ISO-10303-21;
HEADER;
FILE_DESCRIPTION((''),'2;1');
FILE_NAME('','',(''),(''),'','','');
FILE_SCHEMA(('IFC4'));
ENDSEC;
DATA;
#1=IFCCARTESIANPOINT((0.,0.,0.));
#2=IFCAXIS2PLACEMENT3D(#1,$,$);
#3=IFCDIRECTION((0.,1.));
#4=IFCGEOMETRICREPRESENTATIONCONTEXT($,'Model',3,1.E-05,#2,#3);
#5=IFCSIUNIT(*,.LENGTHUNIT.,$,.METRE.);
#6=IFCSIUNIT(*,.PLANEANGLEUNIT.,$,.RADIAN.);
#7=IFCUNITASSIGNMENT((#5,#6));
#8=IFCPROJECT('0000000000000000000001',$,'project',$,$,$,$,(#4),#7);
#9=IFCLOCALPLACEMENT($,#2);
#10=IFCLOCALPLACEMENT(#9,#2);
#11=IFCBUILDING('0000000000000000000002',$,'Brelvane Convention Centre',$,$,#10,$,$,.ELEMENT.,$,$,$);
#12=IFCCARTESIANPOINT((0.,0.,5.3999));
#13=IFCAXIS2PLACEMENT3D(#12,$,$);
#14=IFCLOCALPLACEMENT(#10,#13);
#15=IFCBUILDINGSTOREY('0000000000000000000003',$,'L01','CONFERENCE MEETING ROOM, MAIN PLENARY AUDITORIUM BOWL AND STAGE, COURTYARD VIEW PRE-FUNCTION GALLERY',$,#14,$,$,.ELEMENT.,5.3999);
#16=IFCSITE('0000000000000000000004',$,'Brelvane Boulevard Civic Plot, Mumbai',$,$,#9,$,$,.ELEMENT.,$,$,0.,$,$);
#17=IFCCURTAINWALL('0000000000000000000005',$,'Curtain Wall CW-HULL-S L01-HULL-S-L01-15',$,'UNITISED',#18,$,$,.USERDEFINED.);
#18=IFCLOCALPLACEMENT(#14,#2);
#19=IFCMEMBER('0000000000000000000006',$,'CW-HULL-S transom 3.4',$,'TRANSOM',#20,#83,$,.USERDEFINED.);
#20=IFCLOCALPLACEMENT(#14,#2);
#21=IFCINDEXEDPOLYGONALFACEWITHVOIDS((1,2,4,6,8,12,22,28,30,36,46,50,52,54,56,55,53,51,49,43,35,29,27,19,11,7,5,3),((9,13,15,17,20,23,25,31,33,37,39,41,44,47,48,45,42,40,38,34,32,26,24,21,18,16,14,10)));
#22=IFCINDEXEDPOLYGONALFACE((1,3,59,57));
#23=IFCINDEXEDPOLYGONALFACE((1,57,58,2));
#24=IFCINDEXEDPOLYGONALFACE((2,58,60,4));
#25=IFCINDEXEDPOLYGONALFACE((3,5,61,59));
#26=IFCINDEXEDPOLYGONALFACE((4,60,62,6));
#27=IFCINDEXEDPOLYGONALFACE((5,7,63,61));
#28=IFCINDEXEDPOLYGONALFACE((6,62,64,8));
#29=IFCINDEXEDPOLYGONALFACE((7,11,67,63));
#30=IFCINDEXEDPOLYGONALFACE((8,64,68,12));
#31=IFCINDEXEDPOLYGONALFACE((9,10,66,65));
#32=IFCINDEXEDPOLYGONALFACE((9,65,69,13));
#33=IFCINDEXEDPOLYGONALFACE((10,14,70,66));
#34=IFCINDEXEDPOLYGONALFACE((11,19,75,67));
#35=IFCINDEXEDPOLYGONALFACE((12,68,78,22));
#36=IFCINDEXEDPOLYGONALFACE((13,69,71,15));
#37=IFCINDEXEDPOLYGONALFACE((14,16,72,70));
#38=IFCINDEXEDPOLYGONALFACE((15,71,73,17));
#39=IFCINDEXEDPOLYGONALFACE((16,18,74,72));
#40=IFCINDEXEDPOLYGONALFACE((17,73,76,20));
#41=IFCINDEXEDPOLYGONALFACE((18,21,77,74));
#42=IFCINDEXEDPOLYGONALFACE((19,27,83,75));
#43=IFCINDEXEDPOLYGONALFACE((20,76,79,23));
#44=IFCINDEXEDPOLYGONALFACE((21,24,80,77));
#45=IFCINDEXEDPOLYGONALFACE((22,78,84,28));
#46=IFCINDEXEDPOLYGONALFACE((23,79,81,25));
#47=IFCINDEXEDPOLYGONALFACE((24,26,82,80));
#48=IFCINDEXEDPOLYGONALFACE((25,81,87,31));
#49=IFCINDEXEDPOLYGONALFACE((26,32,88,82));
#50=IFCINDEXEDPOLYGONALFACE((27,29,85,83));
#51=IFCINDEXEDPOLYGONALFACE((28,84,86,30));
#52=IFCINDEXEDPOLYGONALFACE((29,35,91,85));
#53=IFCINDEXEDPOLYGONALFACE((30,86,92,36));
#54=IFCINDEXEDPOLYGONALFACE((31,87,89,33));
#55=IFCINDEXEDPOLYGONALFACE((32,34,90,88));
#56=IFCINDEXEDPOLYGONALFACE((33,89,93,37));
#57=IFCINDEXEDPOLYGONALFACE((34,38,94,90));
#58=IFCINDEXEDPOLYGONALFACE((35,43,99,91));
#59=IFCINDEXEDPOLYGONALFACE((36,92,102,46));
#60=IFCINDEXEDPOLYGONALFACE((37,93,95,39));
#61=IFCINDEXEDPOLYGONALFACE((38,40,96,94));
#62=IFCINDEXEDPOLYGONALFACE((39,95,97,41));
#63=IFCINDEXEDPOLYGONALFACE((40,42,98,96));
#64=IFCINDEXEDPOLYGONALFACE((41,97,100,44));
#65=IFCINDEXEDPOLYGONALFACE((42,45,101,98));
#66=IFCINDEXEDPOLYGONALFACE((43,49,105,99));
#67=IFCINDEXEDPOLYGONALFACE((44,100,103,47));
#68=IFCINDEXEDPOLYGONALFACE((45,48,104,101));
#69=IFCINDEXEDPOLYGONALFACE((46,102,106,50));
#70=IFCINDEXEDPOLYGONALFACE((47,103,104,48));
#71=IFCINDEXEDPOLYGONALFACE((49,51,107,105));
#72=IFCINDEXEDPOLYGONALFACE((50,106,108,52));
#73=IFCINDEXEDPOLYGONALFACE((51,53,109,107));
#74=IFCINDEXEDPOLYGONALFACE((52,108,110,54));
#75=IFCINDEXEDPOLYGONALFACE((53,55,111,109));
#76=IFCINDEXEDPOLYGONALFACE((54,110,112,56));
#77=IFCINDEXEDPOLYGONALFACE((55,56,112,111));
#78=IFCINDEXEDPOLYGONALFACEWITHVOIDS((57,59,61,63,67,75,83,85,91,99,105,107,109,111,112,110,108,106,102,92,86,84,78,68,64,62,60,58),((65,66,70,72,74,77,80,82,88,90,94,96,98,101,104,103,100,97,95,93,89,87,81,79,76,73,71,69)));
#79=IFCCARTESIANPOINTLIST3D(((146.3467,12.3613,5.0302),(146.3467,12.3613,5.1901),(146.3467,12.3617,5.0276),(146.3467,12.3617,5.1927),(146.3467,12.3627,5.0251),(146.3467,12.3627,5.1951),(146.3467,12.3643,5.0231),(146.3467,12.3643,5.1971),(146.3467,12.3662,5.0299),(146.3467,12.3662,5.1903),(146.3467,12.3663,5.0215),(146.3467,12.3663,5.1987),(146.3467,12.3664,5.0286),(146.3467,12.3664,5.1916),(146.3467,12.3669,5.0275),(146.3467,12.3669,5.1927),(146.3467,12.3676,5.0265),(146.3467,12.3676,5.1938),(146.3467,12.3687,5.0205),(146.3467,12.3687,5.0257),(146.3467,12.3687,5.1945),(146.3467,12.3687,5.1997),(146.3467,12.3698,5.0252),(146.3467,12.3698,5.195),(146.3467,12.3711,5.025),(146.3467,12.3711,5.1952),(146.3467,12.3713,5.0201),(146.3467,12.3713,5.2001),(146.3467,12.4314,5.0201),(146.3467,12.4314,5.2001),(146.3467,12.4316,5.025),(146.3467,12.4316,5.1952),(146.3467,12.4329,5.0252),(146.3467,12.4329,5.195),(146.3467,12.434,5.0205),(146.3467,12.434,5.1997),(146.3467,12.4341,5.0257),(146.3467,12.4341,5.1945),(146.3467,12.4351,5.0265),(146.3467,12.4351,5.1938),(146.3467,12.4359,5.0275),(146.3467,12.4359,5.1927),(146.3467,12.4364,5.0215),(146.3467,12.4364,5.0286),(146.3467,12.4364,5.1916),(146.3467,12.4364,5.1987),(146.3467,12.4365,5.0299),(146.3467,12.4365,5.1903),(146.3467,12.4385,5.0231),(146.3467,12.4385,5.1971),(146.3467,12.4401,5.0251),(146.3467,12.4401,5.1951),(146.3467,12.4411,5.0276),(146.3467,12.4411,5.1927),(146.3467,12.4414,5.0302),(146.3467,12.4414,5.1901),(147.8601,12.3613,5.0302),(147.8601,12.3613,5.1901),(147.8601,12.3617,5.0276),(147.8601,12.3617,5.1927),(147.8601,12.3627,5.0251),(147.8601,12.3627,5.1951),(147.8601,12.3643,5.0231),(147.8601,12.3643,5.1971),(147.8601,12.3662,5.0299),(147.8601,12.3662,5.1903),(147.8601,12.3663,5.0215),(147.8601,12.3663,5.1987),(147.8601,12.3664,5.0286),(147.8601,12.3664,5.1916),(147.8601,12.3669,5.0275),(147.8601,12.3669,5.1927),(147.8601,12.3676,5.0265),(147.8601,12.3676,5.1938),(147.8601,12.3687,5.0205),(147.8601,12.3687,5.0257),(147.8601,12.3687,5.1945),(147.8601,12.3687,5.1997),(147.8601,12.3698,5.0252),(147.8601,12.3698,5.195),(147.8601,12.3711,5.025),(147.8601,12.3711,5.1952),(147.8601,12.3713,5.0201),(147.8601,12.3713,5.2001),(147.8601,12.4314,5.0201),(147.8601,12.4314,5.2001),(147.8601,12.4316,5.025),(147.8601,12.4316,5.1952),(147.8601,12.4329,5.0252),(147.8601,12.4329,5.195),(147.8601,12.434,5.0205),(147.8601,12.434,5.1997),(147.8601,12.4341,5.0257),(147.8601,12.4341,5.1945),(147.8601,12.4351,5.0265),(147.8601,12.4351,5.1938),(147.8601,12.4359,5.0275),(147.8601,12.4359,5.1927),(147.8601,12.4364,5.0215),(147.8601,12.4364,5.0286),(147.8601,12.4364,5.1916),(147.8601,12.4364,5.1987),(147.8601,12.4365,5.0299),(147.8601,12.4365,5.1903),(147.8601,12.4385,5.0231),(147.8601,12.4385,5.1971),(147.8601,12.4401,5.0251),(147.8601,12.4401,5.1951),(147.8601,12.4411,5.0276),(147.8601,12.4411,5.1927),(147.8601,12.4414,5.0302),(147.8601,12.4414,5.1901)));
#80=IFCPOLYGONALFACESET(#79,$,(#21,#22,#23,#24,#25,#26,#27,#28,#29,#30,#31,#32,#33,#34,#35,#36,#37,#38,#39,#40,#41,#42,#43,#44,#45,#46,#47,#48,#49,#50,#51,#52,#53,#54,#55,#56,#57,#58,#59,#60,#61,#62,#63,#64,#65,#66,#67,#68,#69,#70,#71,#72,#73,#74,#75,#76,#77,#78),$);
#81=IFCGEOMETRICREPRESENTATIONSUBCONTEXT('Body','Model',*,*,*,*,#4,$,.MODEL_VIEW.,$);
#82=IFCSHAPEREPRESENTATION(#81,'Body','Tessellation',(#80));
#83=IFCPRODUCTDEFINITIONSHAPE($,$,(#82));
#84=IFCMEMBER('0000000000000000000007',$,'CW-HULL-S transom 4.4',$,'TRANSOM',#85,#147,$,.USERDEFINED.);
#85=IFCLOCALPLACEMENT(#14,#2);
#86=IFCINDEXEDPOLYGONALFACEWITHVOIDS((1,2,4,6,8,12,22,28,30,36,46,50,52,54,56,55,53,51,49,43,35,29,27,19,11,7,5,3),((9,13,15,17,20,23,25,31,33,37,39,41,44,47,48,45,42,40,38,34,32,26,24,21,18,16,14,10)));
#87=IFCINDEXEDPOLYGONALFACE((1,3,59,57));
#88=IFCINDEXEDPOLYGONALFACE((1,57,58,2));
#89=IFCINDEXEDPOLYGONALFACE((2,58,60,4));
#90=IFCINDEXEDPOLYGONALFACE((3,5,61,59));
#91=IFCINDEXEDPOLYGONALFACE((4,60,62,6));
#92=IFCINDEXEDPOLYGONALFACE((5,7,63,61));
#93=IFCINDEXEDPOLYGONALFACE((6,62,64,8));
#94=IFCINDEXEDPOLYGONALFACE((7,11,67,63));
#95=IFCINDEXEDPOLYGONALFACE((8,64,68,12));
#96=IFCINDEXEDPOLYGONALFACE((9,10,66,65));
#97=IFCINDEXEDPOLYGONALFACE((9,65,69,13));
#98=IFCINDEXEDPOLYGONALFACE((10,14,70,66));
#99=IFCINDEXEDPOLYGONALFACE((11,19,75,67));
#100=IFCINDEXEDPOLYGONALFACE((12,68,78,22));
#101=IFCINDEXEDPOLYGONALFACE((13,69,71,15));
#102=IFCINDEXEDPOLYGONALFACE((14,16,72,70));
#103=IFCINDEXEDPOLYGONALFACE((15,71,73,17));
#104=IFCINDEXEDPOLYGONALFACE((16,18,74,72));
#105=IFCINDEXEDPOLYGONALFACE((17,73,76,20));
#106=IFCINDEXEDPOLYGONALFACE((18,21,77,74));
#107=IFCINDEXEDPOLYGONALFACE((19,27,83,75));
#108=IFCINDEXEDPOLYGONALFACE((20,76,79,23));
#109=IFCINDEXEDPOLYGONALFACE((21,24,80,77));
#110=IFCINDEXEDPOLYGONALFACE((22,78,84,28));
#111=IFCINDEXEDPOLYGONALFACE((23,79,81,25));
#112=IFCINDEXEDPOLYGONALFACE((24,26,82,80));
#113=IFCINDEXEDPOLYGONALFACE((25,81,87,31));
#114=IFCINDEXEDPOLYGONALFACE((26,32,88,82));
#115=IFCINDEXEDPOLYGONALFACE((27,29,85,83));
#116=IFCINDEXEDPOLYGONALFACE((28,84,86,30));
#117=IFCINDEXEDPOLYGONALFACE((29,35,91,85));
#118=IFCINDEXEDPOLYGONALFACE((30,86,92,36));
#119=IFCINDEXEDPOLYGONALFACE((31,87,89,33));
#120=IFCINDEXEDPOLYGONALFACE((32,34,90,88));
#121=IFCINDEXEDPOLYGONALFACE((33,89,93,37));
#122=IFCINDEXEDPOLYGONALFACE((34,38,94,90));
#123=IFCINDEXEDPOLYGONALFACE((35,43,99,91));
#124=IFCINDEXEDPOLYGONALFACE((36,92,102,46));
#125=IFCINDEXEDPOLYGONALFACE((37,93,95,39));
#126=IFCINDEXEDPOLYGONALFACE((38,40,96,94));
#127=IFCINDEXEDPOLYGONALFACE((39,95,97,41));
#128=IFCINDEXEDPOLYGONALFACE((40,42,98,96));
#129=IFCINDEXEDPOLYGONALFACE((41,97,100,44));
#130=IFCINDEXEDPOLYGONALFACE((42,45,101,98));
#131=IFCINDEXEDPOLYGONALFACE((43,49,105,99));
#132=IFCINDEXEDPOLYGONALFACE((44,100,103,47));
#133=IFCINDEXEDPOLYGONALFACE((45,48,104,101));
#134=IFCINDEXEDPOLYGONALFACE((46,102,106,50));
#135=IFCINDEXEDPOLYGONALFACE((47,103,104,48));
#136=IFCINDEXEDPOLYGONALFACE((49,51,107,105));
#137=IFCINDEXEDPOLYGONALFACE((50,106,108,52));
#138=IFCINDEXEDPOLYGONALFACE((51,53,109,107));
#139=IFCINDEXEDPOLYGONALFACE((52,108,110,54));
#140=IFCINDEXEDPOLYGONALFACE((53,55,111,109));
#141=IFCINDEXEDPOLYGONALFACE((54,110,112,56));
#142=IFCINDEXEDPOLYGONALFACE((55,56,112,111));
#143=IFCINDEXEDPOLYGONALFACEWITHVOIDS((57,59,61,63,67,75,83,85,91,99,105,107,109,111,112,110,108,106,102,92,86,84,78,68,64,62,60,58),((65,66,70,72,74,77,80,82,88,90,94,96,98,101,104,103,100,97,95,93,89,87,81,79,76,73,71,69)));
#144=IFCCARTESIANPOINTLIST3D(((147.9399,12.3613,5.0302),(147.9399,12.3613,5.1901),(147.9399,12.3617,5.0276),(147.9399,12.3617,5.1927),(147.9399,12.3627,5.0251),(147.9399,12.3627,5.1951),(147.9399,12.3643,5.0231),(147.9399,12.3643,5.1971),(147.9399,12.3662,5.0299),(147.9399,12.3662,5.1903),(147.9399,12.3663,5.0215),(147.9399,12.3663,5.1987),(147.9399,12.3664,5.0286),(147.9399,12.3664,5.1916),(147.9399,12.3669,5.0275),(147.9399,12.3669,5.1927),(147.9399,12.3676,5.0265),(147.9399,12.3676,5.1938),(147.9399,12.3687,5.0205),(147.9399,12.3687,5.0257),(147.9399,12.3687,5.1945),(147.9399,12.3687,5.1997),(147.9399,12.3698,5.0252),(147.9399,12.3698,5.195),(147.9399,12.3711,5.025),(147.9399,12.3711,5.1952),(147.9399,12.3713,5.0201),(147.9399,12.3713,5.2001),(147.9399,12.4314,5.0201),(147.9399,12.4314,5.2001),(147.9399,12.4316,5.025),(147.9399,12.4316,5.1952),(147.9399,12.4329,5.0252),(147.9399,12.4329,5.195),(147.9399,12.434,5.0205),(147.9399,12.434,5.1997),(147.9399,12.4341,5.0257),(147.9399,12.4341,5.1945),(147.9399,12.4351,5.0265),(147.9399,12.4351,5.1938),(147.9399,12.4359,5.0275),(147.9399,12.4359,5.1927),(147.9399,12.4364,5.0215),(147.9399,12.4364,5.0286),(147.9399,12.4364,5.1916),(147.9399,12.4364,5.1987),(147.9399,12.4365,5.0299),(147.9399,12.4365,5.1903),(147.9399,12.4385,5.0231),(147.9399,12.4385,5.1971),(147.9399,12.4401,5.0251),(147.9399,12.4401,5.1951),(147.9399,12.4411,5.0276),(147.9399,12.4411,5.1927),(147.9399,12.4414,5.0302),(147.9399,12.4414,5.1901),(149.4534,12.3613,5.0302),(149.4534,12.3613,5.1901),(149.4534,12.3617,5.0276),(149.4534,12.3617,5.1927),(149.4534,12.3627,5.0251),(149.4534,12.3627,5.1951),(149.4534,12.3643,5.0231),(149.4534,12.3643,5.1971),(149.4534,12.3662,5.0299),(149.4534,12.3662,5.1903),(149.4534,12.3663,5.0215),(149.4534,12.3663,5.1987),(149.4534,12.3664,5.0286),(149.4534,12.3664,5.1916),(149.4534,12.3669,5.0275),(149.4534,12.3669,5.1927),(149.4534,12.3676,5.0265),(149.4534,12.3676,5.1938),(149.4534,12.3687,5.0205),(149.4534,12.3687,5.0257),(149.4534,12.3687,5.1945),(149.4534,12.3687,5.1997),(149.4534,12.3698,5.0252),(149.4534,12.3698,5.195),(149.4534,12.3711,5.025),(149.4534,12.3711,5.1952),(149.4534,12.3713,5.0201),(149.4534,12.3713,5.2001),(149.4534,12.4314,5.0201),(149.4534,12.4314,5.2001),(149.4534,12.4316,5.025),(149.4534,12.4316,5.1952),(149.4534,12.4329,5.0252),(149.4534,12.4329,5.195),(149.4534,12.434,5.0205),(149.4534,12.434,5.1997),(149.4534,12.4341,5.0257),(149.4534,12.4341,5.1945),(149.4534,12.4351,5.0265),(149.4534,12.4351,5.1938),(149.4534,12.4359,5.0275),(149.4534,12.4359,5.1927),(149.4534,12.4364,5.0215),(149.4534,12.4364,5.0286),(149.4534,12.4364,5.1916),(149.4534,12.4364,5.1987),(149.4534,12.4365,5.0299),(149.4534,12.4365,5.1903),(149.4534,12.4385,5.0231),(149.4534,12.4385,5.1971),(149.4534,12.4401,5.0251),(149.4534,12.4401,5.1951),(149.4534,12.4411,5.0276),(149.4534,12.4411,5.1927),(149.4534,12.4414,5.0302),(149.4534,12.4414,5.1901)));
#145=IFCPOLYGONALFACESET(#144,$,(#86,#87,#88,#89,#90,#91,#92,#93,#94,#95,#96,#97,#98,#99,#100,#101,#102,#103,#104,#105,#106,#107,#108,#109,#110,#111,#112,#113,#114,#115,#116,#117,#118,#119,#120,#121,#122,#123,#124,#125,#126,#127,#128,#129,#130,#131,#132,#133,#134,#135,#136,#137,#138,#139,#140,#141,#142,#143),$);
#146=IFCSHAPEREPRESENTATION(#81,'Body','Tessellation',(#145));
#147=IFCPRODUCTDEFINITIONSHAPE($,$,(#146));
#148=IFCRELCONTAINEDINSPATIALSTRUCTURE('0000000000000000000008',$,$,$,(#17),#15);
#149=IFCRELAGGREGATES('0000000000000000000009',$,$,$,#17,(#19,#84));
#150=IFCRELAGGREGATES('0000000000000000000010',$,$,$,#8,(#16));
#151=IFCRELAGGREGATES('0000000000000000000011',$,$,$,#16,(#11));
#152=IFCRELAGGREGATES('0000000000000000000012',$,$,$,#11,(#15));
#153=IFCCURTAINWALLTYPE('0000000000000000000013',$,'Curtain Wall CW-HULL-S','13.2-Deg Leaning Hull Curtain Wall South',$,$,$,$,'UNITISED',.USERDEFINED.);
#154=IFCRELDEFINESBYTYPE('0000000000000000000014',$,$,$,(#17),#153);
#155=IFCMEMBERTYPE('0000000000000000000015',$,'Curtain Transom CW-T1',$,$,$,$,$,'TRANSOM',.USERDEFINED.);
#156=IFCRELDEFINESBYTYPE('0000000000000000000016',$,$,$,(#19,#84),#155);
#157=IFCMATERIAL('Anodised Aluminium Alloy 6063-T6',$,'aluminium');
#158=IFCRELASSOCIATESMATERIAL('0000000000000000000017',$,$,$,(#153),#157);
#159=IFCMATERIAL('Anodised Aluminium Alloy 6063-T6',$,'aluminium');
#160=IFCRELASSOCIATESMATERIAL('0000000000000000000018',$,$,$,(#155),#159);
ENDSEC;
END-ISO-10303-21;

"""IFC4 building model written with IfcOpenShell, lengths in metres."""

from ifc_helpers import new_model, si_unit, direction, frame, origin, origin_2d, place, context, subcontext, project, spatial, hollow_rectangle, extrude, material, material_profile, profile_set, type_object, element, aggregate, save


model = new_model("IFC4")

# Units and contexts
model_context = context("Model", 3, precision=1e-05, world=origin(), true_north=direction((0.0, 1.0)))
body_context = subcontext(model_context, "Body", "Model", "MODEL_VIEW")
ifc_project = project(units=[si_unit("LENGTHUNIT", "METRE"), si_unit("PLANEANGLEUNIT", "RADIAN")], contexts=[model_context])

# Site, building, storey
site_placement = place(None, origin())
site = spatial("IfcSite", under=ifc_project, at=site_placement, Name="Brelvane Boulevard Civic Plot, Mumbai", CompositionType="ELEMENT", RefElevation=0.0)
building_placement = place(site_placement, origin())
building = spatial("IfcBuilding", under=site, at=building_placement, Name="Brelvane Convention Centre", CompositionType="ELEMENT")
storey_placement = place(building_placement, frame((0.0, 0.0, 5.3999)))
storey = spatial("IfcBuildingStorey", under=building, at=storey_placement, Name="L01", Description="CONFERENCE MEETING ROOM, MAIN PLENARY AUDITORIUM BOWL AND STAGE, COURTYARD VIEW PRE-FUNCTION GALLERY", CompositionType="ELEMENT", Elevation=5.3999)

# Curtain wall, members
ifc_material_1 = material(Name="Anodised Aluminium Alloy 6063-T6", Category="aluminium")
curtain_wall_type = type_object("IfcCurtainWallType", Name="Curtain Wall CW-HULL-S", Description="13.2-Deg Leaning Hull Curtain Wall South", ElementType="UNITISED", PredefinedType="USERDEFINED", material=ifc_material_1)
curtain_wall_placement = place(storey_placement, origin())
curtain_wall = element("IfcCurtainWall", 1, at=curtain_wall_placement, inside=storey, type_object=curtain_wall_type, Name="Curtain Wall CW-HULL-S L01-HULL-S-L01-15", ObjectType="UNITISED", PredefinedType="USERDEFINED")
ifc_material_2 = material(Name="Anodised Aluminium Alloy 6063-T6", Category="aluminium")
ifc_material_profile_1 = material_profile(ifc_material_2, hollow_rectangle(XDim=0.0801, YDim=0.1799, WallThickness=0.0049, InnerFilletRadius=0.0049, OuterFilletRadius=0.01, at=origin_2d()), Name="ALU-T 180x80x5.0")
ifc_profile_set_1 = profile_set([ifc_material_profile_1], Name="Anodised Aluminium Alloy 6063-T6")
member_type_1 = type_object("IfcMemberType", Name="Curtain Transom CW-T1", ElementType="TRANSOM", PredefinedType="USERDEFINED", material=ifc_profile_set_1)
member_1_placement = place(storey_placement, frame((146.3467, 12.4014, 5.1101), z_axis=(1.0, 0.0, 0.0), x_axis=(0.0, 1.0, 0.0)))
member_1 = element("IfcMember", 2, at=member_1_placement, type_object=member_type_1, Name="CW-HULL-S transom 3.4", ObjectType="TRANSOM", PredefinedType="USERDEFINED", context=body_context, shape_type="SweptSolid", body=[
    extrude(hollow_rectangle(XDim=0.0801, YDim=0.1799, WallThickness=0.0049, InnerFilletRadius=0.0049, OuterFilletRadius=0.01, at=origin_2d()), origin(), (0.0, 0.0, 1.0), 1.5134),
])
member_2_placement = place(storey_placement, frame((147.9399, 12.4014, 5.1101), z_axis=(1.0, 0.0, 0.0), x_axis=(0.0, 1.0, 0.0)))
member_2 = element("IfcMember", 3, at=member_2_placement, type_object=member_type_1, Name="CW-HULL-S transom 4.4", ObjectType="TRANSOM", PredefinedType="USERDEFINED", context=body_context, shape_type="SweptSolid", body=[
    extrude(hollow_rectangle(XDim=0.0801, YDim=0.1799, WallThickness=0.0049, InnerFilletRadius=0.0049, OuterFilletRadius=0.01, at=origin_2d()), origin(), (0.0, 0.0, 1.0), 1.5134),
])
aggregate(curtain_wall, [member_1, member_2])

save(model, "model.ifc")
